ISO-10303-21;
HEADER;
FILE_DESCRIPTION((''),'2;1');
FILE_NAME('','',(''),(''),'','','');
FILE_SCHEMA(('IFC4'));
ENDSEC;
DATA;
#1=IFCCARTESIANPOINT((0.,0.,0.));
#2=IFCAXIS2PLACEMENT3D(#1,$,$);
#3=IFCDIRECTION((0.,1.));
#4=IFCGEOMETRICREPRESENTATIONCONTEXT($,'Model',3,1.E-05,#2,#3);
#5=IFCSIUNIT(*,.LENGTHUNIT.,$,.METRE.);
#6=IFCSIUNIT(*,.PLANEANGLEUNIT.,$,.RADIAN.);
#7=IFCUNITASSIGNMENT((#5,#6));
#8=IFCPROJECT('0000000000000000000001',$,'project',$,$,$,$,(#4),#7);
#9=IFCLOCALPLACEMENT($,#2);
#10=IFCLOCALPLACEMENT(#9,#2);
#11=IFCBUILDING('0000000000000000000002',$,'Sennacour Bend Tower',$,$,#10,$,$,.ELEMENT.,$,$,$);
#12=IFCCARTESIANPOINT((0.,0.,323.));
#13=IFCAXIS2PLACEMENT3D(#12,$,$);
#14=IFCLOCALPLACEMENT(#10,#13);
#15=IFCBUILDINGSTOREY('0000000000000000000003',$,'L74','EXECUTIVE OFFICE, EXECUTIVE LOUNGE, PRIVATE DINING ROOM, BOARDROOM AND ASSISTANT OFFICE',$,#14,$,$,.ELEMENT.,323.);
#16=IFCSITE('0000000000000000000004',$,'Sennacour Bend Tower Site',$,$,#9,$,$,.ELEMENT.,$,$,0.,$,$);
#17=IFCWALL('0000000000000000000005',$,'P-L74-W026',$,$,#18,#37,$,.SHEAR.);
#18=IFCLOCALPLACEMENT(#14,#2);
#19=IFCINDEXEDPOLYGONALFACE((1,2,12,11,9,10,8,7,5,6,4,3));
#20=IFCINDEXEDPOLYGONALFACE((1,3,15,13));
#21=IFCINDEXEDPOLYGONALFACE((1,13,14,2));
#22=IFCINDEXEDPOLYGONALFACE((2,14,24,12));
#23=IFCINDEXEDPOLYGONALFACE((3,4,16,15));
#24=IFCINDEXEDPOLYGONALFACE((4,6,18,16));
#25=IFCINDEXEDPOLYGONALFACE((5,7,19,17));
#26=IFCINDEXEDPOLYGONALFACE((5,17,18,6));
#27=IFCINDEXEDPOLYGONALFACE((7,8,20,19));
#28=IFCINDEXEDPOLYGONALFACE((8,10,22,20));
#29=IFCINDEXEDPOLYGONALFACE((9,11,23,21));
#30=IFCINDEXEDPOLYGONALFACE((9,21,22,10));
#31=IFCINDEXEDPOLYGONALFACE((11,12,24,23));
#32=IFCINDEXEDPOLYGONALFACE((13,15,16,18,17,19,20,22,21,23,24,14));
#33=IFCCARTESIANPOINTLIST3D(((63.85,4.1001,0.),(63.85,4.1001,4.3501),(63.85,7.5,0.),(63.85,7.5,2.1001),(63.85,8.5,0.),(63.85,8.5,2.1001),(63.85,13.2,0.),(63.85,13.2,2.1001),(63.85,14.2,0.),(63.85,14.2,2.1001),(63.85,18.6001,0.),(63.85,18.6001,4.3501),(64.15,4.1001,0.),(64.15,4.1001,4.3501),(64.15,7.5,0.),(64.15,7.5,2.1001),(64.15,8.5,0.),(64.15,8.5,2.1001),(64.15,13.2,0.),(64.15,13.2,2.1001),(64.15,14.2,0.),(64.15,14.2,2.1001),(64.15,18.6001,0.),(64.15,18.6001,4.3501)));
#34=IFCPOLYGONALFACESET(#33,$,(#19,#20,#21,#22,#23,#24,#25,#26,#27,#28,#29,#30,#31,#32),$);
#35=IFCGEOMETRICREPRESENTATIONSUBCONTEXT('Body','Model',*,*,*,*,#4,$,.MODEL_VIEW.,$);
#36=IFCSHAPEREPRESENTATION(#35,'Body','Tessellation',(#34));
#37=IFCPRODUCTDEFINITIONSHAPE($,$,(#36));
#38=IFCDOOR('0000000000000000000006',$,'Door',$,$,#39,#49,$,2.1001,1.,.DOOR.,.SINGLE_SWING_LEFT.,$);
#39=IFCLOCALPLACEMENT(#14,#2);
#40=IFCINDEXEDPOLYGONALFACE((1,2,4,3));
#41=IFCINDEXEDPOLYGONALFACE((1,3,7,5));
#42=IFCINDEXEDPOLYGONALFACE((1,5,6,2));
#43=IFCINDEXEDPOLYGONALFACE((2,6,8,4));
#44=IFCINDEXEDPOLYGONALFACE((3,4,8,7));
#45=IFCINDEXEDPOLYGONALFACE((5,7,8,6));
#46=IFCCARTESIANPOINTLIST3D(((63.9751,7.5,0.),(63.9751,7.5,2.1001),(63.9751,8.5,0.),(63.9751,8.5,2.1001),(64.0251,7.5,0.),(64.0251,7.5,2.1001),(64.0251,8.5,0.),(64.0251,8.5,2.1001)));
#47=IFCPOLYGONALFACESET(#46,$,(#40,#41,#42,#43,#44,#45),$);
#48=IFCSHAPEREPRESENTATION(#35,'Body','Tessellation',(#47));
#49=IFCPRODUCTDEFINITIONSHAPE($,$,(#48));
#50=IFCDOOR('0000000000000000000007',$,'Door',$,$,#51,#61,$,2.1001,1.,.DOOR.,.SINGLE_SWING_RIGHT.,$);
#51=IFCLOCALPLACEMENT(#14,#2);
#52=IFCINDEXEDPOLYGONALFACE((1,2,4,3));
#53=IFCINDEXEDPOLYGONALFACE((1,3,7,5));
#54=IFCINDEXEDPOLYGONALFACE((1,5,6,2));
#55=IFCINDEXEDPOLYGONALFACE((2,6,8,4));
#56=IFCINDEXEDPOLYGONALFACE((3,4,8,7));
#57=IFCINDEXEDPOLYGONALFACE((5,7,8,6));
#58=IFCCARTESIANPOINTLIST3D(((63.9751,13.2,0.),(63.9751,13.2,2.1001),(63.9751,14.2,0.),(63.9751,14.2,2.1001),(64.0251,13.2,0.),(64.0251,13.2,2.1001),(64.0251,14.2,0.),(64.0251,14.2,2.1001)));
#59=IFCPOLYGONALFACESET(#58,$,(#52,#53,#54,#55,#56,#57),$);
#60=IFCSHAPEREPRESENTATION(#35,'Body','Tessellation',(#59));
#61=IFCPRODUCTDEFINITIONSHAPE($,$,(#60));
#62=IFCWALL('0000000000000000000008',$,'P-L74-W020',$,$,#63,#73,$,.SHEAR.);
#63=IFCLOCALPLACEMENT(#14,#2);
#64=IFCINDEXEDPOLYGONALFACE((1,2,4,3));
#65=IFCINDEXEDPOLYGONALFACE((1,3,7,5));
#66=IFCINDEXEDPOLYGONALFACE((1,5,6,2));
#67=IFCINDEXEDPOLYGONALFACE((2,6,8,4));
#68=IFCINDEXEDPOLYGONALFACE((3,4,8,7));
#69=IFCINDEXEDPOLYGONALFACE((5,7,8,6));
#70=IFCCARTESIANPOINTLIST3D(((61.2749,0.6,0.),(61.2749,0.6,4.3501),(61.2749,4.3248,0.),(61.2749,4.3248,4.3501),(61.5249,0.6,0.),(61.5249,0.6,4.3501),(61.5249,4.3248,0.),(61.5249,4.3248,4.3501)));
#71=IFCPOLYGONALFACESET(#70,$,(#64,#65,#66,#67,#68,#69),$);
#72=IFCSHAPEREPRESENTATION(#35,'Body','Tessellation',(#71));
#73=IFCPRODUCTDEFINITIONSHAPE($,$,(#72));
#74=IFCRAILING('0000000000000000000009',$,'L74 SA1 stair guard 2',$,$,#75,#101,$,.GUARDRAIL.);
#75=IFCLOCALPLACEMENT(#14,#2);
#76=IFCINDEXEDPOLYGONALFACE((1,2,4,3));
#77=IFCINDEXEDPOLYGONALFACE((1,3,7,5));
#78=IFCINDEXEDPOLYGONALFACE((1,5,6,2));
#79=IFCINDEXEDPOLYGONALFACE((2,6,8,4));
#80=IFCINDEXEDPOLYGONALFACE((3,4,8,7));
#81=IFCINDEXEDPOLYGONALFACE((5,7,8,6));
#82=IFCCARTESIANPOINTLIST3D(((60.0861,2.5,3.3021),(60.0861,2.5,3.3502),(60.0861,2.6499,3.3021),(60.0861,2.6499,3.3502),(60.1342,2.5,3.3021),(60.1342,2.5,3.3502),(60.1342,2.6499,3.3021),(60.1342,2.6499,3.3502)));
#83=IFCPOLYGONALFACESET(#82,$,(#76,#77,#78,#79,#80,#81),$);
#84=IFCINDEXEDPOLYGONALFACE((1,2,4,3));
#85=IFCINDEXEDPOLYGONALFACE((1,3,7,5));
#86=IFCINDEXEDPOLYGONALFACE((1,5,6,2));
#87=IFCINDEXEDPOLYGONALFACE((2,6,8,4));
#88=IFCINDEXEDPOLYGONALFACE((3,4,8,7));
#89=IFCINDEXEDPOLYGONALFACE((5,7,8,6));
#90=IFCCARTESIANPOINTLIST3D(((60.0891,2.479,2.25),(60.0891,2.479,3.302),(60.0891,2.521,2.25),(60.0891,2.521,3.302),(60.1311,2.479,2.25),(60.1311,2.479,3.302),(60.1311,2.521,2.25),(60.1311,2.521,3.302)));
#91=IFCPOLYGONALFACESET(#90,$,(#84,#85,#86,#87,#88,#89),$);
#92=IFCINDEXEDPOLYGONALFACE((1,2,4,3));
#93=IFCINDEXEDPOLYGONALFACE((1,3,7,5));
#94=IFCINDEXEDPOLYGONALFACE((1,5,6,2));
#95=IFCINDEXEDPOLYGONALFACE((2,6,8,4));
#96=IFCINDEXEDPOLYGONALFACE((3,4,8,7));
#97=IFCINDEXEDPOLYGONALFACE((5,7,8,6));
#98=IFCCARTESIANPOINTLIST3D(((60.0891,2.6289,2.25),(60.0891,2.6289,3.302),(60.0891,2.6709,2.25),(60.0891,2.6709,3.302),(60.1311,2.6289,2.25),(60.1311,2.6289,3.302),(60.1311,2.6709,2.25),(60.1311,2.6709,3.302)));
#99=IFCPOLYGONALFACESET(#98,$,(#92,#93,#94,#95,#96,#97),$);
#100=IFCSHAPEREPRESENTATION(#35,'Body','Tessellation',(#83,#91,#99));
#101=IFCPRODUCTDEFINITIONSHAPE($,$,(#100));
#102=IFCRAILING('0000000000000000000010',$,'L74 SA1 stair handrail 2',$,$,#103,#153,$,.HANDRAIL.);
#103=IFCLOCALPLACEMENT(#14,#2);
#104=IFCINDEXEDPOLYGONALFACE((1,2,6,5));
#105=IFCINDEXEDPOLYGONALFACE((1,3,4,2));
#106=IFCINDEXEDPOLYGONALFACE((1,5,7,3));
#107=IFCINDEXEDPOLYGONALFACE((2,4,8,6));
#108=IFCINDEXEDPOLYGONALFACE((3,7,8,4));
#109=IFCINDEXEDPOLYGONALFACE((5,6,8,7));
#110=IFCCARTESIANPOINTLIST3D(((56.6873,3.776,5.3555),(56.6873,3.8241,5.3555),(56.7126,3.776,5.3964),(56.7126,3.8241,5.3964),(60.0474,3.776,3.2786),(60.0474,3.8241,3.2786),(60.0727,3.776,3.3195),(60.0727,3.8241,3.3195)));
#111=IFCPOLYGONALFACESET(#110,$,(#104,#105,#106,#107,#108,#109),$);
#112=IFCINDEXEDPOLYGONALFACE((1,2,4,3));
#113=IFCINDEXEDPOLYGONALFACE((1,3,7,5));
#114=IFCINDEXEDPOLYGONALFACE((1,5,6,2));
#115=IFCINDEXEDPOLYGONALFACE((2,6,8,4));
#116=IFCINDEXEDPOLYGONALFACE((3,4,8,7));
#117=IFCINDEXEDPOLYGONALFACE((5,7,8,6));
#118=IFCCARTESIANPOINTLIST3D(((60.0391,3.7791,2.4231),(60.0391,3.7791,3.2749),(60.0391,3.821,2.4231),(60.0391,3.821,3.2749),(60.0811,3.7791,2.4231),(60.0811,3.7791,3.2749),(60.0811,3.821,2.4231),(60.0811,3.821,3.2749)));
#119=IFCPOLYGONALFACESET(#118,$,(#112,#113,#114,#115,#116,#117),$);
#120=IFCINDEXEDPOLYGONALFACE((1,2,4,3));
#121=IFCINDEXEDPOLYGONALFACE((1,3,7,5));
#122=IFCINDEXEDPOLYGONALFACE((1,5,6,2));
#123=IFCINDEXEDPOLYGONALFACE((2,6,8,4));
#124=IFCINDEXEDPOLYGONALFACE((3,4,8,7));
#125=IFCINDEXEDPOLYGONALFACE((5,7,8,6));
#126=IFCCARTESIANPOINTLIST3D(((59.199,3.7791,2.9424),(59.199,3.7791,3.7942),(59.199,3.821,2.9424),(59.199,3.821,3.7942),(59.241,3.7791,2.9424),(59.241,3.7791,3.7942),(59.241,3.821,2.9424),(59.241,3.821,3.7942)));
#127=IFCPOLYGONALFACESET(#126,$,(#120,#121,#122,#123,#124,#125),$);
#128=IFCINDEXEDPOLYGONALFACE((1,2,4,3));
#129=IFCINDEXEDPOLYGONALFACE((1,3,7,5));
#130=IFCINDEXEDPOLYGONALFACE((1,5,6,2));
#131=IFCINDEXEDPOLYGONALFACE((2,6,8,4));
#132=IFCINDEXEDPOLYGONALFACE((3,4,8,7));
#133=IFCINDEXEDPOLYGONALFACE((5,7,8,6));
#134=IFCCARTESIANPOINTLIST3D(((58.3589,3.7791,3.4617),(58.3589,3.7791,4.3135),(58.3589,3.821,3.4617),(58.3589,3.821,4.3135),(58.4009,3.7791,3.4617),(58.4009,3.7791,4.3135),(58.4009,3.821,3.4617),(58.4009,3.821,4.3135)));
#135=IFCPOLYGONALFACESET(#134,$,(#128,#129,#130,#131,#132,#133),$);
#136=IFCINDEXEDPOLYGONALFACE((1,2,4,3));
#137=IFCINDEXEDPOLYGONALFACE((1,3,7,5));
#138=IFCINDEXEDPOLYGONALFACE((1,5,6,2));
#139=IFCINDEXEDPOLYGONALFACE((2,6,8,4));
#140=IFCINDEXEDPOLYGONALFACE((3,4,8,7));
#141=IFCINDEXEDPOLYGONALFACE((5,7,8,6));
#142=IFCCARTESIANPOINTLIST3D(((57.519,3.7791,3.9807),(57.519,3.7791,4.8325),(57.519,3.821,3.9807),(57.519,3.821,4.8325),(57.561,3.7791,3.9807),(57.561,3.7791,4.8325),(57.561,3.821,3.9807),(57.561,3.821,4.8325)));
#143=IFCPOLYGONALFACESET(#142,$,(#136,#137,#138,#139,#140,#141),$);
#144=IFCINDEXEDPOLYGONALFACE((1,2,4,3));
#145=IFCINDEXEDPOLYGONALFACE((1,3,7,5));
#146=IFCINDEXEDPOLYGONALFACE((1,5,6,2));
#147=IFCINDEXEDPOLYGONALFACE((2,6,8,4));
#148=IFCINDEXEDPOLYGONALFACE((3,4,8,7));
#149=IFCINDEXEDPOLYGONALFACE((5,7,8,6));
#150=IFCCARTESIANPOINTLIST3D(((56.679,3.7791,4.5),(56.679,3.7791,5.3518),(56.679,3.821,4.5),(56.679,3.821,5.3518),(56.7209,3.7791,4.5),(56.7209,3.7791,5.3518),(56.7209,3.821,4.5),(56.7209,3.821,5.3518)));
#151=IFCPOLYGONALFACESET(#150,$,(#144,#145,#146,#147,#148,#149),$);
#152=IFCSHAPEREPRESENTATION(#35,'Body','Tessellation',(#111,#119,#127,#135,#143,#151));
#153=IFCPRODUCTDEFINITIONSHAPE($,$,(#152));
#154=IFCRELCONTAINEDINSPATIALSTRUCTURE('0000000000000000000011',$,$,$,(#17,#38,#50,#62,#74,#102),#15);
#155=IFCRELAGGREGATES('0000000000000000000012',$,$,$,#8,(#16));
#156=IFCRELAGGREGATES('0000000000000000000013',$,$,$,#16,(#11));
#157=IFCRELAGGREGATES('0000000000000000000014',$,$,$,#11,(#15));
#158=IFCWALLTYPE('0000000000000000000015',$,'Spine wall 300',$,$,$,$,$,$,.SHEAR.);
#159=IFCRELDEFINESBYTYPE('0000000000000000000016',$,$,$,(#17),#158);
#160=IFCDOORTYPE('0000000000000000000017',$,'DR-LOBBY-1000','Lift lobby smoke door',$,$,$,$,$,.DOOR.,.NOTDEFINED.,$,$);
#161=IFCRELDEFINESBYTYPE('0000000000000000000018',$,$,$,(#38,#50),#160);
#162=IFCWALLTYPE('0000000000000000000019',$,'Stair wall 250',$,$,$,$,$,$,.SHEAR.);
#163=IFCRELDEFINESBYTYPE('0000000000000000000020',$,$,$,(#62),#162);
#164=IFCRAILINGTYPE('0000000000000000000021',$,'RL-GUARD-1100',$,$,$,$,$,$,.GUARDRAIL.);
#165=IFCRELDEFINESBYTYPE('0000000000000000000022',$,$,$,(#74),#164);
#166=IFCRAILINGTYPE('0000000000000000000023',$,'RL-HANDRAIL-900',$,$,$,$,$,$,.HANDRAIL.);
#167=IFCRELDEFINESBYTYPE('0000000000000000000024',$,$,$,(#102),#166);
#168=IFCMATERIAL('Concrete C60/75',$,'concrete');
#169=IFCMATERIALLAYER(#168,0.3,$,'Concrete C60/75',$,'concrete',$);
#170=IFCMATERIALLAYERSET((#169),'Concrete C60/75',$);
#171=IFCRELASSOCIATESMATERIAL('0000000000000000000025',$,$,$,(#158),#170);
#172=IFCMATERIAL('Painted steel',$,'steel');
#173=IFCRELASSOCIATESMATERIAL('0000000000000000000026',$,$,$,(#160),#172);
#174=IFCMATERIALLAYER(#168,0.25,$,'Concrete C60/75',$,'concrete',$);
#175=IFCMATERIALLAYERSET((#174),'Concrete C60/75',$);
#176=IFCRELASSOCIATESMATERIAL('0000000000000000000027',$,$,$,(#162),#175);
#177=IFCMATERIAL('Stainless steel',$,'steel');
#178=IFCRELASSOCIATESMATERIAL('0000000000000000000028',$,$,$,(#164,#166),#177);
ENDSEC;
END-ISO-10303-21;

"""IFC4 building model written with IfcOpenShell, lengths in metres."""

from ifc_helpers import new_model, si_unit, direction, frame, frame_2d, origin, origin_2d, place, context, subcontext, project, spatial, rectangle, extrude, material, layer, layer_set, type_object, element, fill, save


model = new_model("IFC4")

# Units and contexts
model_context = context("Model", 3, precision=1e-05, world=origin(), true_north=direction((0.0, 1.0)))
body_context = subcontext(model_context, "Body", "Model", "MODEL_VIEW")
ifc_project = project(units=[si_unit("LENGTHUNIT", "METRE"), si_unit("PLANEANGLEUNIT", "RADIAN")], contexts=[model_context])

# Site, building, storey
site_placement = place(None, origin())
site = spatial("IfcSite", under=ifc_project, at=site_placement, Name="Sennacour Bend Tower Site", CompositionType="ELEMENT", RefElevation=0.0)
building_placement = place(site_placement, origin())
building = spatial("IfcBuilding", under=site, at=building_placement, Name="Sennacour Bend Tower", CompositionType="ELEMENT")
storey_placement = place(building_placement, frame((0.0, 0.0, 323.0)))
storey = spatial("IfcBuildingStorey", under=building, at=storey_placement, Name="L74", Description="EXECUTIVE OFFICE, EXECUTIVE LOUNGE, PRIVATE DINING ROOM, BOARDROOM AND ASSISTANT OFFICE", CompositionType="ELEMENT", Elevation=323.0)

# Shared definitions
ifc_material_1 = material(Name="Painted steel", Category="steel")

# Shared definitions
ifc_material_2 = material(Name="Stainless steel", Category="steel")

# Wall, openings, doors
ifc_material_3 = material(Name="Concrete C60/75", Category="concrete")
ifc_layer_1 = layer(ifc_material_3, 0.3, Name="Concrete C60/75", Category="concrete")
ifc_layer_set_1 = layer_set([ifc_layer_1], Name="Concrete C60/75")
wall_type_1 = type_object("IfcWallType", Name="Spine wall 300", PredefinedType="SHEAR", material=ifc_layer_set_1)
wall_1_placement = place(storey_placement, frame((64.0, 4.1001, 0.0), z_axis=(0.0, 0.0, 1.0), x_axis=(0.0, 1.0, 0.0)))
wall_1 = element("IfcWall", 1, at=wall_1_placement, inside=storey, type_object=wall_type_1, Name="P-L74-W026", PredefinedType="SHEAR", context=body_context, shape_type="SweptSolid", body=[
    extrude(rectangle(XDim=14.5, YDim=0.3, at=frame_2d((7.25, 0.0))), origin(), (0.0, 0.0, 1.0), 4.3501),
])
opening_1_placement = place(wall_1_placement, frame((3.3999, 0.0, 0.0)))
opening_1 = element("IfcOpeningElement", 2, at=opening_1_placement, cuts=wall_1, PredefinedType="OPENING", context=body_context, shape_type="SweptSolid", body=[
    extrude(rectangle(XDim=1.0, YDim=2.1001, at=frame_2d((0.5, 1.05))), frame((0.0, 0.1602, 0.0), z_axis=(0.0, -1.0, 0.0), x_axis=(1.0, 0.0, 0.0)), (0.0, 0.0, 1.0), 0.3201),
])
opening_2_placement = place(wall_1_placement, frame((9.0999, 0.0, 0.0)))
opening_2 = element("IfcOpeningElement", 3, at=opening_2_placement, cuts=wall_1, PredefinedType="OPENING", context=body_context, shape_type="SweptSolid", body=[
    extrude(rectangle(XDim=1.0, YDim=2.1001, at=frame_2d((0.5, 1.05))), frame((0.0, 0.1602, 0.0), z_axis=(0.0, -1.0, 0.0), x_axis=(1.0, 0.0, 0.0)), (0.0, 0.0, 1.0), 0.3201),
])
door_type_1 = type_object("IfcDoorType", Name="DR-LOBBY-1000", Description="Lift lobby smoke door", OperationType="NOTDEFINED", PredefinedType="DOOR", material=ifc_material_1)
door_1_placement = place(opening_1_placement, origin())
door_1 = element("IfcDoor", 4, at=door_1_placement, inside=storey, type_object=door_type_1, Name="Door", OperationType="SINGLE_SWING_LEFT", OverallHeight=2.1001, OverallWidth=1.0, PredefinedType="DOOR", context=body_context, shape_type="SweptSolid", body=[
    extrude(rectangle(XDim=1.0, YDim=2.1001, at=frame_2d((0.5, 1.05))), frame((0.0, 0.0249, 0.0), z_axis=(0.0, -1.0, 0.0), x_axis=(1.0, 0.0, 0.0)), (0.0, 0.0, 1.0), 0.05),
])
fill(opening_1, door_1)
door_2_placement = place(opening_2_placement, origin())
door_2 = element("IfcDoor", 5, at=door_2_placement, inside=storey, type_object=door_type_1, Name="Door", OperationType="SINGLE_SWING_RIGHT", OverallHeight=2.1001, OverallWidth=1.0, PredefinedType="DOOR", context=body_context, shape_type="SweptSolid", body=[
    extrude(rectangle(XDim=1.0, YDim=2.1001, at=frame_2d((0.5, 1.05))), frame((0.0, 0.0249, 0.0), z_axis=(0.0, -1.0, 0.0), x_axis=(1.0, 0.0, 0.0)), (0.0, 0.0, 1.0), 0.05),
])
fill(opening_2, door_2)

# Wall
ifc_layer_2 = layer(ifc_material_3, 0.25, Name="Concrete C60/75", Category="concrete")
ifc_layer_set_2 = layer_set([ifc_layer_2], Name="Concrete C60/75")
wall_type_2 = type_object("IfcWallType", Name="Stair wall 250", PredefinedType="SHEAR", material=ifc_layer_set_2)
wall_2_placement = place(storey_placement, frame((61.3999, 0.6001, 0.0), z_axis=(0.0, 0.0, 1.0), x_axis=(0.0, 1.0, 0.0)))
element("IfcWall", 6, at=wall_2_placement, inside=storey, type_object=wall_type_2, Name="P-L74-W020", PredefinedType="SHEAR", context=body_context, shape_type="SweptSolid", body=[
    extrude(rectangle(XDim=3.7249, YDim=0.25, at=frame_2d((1.8623, 0.0))), origin(), (0.0, 0.0, 1.0), 4.3501),
])

# Railings
railing_type_1 = type_object("IfcRailingType", Name="RL-GUARD-1100", PredefinedType="GUARDRAIL", material=ifc_material_2)
railing_1_placement = place(storey_placement, frame((60.1101, 2.5, 2.25)))
element("IfcRailing", 7, at=railing_1_placement, inside=storey, type_object=railing_type_1, Name="L74 SA1 stair guard 2", PredefinedType="GUARDRAIL", context=body_context, shape_type="SweptSolid", body=[
    extrude(rectangle(XDim=0.0481, YDim=0.0481, at=origin_2d()), frame((0.0, 0.0, 1.0762), z_axis=(0.0, 1.0, 0.0), x_axis=(-1.0, 0.0, 0.0)), (0.0, 0.0, 1.0), 0.1499),
    extrude(rectangle(XDim=0.042, YDim=0.042, at=origin_2d()), origin(), (0.0, 0.0, 1.0), 1.052),
    extrude(rectangle(XDim=0.042, YDim=0.042, at=origin_2d()), frame((0.0, 0.1499, 0.0)), (0.0, 0.0, 1.0), 1.052),
])
railing_type_2 = type_object("IfcRailingType", Name="RL-HANDRAIL-900", PredefinedType="HANDRAIL", material=ifc_material_2)
railing_2_placement = place(storey_placement, frame((60.0601, 3.8, 2.4231)))
element("IfcRailing", 8, at=railing_2_placement, inside=storey, type_object=railing_type_2, Name="L74 SA1 stair handrail 2", PredefinedType="HANDRAIL", context=body_context, shape_type="SweptSolid", body=[
    extrude(rectangle(XDim=0.0481, YDim=0.0481, at=origin_2d()), frame((0.0, 0.0, 0.876), z_axis=(-0.850623, 0.0, 0.525776), x_axis=(0.0, -1.0, 0.0)), (0.0, 0.0, 1.0), 3.9502),
    extrude(rectangle(XDim=0.042, YDim=0.042, at=origin_2d()), origin(), (0.0, 0.0, 1.0), 0.8518),
    extrude(rectangle(XDim=0.042, YDim=0.042, at=origin_2d()), frame((-0.8401, 0.0, 0.5193)), (0.0, 0.0, 1.0), 0.8518),
    extrude(rectangle(XDim=0.042, YDim=0.042, at=origin_2d()), frame((-1.6802, 0.0, 1.0386)), (0.0, 0.0, 1.0), 0.8518),
    extrude(rectangle(XDim=0.042, YDim=0.042, at=origin_2d()), frame((-2.52, 0.0, 1.5576)), (0.0, 0.0, 1.0), 0.8518),
    extrude(rectangle(XDim=0.042, YDim=0.042, at=origin_2d()), frame((-3.3601, 0.0, 2.0769)), (0.0, 0.0, 1.0), 0.8518),
])

save(model, "model.ifc")
